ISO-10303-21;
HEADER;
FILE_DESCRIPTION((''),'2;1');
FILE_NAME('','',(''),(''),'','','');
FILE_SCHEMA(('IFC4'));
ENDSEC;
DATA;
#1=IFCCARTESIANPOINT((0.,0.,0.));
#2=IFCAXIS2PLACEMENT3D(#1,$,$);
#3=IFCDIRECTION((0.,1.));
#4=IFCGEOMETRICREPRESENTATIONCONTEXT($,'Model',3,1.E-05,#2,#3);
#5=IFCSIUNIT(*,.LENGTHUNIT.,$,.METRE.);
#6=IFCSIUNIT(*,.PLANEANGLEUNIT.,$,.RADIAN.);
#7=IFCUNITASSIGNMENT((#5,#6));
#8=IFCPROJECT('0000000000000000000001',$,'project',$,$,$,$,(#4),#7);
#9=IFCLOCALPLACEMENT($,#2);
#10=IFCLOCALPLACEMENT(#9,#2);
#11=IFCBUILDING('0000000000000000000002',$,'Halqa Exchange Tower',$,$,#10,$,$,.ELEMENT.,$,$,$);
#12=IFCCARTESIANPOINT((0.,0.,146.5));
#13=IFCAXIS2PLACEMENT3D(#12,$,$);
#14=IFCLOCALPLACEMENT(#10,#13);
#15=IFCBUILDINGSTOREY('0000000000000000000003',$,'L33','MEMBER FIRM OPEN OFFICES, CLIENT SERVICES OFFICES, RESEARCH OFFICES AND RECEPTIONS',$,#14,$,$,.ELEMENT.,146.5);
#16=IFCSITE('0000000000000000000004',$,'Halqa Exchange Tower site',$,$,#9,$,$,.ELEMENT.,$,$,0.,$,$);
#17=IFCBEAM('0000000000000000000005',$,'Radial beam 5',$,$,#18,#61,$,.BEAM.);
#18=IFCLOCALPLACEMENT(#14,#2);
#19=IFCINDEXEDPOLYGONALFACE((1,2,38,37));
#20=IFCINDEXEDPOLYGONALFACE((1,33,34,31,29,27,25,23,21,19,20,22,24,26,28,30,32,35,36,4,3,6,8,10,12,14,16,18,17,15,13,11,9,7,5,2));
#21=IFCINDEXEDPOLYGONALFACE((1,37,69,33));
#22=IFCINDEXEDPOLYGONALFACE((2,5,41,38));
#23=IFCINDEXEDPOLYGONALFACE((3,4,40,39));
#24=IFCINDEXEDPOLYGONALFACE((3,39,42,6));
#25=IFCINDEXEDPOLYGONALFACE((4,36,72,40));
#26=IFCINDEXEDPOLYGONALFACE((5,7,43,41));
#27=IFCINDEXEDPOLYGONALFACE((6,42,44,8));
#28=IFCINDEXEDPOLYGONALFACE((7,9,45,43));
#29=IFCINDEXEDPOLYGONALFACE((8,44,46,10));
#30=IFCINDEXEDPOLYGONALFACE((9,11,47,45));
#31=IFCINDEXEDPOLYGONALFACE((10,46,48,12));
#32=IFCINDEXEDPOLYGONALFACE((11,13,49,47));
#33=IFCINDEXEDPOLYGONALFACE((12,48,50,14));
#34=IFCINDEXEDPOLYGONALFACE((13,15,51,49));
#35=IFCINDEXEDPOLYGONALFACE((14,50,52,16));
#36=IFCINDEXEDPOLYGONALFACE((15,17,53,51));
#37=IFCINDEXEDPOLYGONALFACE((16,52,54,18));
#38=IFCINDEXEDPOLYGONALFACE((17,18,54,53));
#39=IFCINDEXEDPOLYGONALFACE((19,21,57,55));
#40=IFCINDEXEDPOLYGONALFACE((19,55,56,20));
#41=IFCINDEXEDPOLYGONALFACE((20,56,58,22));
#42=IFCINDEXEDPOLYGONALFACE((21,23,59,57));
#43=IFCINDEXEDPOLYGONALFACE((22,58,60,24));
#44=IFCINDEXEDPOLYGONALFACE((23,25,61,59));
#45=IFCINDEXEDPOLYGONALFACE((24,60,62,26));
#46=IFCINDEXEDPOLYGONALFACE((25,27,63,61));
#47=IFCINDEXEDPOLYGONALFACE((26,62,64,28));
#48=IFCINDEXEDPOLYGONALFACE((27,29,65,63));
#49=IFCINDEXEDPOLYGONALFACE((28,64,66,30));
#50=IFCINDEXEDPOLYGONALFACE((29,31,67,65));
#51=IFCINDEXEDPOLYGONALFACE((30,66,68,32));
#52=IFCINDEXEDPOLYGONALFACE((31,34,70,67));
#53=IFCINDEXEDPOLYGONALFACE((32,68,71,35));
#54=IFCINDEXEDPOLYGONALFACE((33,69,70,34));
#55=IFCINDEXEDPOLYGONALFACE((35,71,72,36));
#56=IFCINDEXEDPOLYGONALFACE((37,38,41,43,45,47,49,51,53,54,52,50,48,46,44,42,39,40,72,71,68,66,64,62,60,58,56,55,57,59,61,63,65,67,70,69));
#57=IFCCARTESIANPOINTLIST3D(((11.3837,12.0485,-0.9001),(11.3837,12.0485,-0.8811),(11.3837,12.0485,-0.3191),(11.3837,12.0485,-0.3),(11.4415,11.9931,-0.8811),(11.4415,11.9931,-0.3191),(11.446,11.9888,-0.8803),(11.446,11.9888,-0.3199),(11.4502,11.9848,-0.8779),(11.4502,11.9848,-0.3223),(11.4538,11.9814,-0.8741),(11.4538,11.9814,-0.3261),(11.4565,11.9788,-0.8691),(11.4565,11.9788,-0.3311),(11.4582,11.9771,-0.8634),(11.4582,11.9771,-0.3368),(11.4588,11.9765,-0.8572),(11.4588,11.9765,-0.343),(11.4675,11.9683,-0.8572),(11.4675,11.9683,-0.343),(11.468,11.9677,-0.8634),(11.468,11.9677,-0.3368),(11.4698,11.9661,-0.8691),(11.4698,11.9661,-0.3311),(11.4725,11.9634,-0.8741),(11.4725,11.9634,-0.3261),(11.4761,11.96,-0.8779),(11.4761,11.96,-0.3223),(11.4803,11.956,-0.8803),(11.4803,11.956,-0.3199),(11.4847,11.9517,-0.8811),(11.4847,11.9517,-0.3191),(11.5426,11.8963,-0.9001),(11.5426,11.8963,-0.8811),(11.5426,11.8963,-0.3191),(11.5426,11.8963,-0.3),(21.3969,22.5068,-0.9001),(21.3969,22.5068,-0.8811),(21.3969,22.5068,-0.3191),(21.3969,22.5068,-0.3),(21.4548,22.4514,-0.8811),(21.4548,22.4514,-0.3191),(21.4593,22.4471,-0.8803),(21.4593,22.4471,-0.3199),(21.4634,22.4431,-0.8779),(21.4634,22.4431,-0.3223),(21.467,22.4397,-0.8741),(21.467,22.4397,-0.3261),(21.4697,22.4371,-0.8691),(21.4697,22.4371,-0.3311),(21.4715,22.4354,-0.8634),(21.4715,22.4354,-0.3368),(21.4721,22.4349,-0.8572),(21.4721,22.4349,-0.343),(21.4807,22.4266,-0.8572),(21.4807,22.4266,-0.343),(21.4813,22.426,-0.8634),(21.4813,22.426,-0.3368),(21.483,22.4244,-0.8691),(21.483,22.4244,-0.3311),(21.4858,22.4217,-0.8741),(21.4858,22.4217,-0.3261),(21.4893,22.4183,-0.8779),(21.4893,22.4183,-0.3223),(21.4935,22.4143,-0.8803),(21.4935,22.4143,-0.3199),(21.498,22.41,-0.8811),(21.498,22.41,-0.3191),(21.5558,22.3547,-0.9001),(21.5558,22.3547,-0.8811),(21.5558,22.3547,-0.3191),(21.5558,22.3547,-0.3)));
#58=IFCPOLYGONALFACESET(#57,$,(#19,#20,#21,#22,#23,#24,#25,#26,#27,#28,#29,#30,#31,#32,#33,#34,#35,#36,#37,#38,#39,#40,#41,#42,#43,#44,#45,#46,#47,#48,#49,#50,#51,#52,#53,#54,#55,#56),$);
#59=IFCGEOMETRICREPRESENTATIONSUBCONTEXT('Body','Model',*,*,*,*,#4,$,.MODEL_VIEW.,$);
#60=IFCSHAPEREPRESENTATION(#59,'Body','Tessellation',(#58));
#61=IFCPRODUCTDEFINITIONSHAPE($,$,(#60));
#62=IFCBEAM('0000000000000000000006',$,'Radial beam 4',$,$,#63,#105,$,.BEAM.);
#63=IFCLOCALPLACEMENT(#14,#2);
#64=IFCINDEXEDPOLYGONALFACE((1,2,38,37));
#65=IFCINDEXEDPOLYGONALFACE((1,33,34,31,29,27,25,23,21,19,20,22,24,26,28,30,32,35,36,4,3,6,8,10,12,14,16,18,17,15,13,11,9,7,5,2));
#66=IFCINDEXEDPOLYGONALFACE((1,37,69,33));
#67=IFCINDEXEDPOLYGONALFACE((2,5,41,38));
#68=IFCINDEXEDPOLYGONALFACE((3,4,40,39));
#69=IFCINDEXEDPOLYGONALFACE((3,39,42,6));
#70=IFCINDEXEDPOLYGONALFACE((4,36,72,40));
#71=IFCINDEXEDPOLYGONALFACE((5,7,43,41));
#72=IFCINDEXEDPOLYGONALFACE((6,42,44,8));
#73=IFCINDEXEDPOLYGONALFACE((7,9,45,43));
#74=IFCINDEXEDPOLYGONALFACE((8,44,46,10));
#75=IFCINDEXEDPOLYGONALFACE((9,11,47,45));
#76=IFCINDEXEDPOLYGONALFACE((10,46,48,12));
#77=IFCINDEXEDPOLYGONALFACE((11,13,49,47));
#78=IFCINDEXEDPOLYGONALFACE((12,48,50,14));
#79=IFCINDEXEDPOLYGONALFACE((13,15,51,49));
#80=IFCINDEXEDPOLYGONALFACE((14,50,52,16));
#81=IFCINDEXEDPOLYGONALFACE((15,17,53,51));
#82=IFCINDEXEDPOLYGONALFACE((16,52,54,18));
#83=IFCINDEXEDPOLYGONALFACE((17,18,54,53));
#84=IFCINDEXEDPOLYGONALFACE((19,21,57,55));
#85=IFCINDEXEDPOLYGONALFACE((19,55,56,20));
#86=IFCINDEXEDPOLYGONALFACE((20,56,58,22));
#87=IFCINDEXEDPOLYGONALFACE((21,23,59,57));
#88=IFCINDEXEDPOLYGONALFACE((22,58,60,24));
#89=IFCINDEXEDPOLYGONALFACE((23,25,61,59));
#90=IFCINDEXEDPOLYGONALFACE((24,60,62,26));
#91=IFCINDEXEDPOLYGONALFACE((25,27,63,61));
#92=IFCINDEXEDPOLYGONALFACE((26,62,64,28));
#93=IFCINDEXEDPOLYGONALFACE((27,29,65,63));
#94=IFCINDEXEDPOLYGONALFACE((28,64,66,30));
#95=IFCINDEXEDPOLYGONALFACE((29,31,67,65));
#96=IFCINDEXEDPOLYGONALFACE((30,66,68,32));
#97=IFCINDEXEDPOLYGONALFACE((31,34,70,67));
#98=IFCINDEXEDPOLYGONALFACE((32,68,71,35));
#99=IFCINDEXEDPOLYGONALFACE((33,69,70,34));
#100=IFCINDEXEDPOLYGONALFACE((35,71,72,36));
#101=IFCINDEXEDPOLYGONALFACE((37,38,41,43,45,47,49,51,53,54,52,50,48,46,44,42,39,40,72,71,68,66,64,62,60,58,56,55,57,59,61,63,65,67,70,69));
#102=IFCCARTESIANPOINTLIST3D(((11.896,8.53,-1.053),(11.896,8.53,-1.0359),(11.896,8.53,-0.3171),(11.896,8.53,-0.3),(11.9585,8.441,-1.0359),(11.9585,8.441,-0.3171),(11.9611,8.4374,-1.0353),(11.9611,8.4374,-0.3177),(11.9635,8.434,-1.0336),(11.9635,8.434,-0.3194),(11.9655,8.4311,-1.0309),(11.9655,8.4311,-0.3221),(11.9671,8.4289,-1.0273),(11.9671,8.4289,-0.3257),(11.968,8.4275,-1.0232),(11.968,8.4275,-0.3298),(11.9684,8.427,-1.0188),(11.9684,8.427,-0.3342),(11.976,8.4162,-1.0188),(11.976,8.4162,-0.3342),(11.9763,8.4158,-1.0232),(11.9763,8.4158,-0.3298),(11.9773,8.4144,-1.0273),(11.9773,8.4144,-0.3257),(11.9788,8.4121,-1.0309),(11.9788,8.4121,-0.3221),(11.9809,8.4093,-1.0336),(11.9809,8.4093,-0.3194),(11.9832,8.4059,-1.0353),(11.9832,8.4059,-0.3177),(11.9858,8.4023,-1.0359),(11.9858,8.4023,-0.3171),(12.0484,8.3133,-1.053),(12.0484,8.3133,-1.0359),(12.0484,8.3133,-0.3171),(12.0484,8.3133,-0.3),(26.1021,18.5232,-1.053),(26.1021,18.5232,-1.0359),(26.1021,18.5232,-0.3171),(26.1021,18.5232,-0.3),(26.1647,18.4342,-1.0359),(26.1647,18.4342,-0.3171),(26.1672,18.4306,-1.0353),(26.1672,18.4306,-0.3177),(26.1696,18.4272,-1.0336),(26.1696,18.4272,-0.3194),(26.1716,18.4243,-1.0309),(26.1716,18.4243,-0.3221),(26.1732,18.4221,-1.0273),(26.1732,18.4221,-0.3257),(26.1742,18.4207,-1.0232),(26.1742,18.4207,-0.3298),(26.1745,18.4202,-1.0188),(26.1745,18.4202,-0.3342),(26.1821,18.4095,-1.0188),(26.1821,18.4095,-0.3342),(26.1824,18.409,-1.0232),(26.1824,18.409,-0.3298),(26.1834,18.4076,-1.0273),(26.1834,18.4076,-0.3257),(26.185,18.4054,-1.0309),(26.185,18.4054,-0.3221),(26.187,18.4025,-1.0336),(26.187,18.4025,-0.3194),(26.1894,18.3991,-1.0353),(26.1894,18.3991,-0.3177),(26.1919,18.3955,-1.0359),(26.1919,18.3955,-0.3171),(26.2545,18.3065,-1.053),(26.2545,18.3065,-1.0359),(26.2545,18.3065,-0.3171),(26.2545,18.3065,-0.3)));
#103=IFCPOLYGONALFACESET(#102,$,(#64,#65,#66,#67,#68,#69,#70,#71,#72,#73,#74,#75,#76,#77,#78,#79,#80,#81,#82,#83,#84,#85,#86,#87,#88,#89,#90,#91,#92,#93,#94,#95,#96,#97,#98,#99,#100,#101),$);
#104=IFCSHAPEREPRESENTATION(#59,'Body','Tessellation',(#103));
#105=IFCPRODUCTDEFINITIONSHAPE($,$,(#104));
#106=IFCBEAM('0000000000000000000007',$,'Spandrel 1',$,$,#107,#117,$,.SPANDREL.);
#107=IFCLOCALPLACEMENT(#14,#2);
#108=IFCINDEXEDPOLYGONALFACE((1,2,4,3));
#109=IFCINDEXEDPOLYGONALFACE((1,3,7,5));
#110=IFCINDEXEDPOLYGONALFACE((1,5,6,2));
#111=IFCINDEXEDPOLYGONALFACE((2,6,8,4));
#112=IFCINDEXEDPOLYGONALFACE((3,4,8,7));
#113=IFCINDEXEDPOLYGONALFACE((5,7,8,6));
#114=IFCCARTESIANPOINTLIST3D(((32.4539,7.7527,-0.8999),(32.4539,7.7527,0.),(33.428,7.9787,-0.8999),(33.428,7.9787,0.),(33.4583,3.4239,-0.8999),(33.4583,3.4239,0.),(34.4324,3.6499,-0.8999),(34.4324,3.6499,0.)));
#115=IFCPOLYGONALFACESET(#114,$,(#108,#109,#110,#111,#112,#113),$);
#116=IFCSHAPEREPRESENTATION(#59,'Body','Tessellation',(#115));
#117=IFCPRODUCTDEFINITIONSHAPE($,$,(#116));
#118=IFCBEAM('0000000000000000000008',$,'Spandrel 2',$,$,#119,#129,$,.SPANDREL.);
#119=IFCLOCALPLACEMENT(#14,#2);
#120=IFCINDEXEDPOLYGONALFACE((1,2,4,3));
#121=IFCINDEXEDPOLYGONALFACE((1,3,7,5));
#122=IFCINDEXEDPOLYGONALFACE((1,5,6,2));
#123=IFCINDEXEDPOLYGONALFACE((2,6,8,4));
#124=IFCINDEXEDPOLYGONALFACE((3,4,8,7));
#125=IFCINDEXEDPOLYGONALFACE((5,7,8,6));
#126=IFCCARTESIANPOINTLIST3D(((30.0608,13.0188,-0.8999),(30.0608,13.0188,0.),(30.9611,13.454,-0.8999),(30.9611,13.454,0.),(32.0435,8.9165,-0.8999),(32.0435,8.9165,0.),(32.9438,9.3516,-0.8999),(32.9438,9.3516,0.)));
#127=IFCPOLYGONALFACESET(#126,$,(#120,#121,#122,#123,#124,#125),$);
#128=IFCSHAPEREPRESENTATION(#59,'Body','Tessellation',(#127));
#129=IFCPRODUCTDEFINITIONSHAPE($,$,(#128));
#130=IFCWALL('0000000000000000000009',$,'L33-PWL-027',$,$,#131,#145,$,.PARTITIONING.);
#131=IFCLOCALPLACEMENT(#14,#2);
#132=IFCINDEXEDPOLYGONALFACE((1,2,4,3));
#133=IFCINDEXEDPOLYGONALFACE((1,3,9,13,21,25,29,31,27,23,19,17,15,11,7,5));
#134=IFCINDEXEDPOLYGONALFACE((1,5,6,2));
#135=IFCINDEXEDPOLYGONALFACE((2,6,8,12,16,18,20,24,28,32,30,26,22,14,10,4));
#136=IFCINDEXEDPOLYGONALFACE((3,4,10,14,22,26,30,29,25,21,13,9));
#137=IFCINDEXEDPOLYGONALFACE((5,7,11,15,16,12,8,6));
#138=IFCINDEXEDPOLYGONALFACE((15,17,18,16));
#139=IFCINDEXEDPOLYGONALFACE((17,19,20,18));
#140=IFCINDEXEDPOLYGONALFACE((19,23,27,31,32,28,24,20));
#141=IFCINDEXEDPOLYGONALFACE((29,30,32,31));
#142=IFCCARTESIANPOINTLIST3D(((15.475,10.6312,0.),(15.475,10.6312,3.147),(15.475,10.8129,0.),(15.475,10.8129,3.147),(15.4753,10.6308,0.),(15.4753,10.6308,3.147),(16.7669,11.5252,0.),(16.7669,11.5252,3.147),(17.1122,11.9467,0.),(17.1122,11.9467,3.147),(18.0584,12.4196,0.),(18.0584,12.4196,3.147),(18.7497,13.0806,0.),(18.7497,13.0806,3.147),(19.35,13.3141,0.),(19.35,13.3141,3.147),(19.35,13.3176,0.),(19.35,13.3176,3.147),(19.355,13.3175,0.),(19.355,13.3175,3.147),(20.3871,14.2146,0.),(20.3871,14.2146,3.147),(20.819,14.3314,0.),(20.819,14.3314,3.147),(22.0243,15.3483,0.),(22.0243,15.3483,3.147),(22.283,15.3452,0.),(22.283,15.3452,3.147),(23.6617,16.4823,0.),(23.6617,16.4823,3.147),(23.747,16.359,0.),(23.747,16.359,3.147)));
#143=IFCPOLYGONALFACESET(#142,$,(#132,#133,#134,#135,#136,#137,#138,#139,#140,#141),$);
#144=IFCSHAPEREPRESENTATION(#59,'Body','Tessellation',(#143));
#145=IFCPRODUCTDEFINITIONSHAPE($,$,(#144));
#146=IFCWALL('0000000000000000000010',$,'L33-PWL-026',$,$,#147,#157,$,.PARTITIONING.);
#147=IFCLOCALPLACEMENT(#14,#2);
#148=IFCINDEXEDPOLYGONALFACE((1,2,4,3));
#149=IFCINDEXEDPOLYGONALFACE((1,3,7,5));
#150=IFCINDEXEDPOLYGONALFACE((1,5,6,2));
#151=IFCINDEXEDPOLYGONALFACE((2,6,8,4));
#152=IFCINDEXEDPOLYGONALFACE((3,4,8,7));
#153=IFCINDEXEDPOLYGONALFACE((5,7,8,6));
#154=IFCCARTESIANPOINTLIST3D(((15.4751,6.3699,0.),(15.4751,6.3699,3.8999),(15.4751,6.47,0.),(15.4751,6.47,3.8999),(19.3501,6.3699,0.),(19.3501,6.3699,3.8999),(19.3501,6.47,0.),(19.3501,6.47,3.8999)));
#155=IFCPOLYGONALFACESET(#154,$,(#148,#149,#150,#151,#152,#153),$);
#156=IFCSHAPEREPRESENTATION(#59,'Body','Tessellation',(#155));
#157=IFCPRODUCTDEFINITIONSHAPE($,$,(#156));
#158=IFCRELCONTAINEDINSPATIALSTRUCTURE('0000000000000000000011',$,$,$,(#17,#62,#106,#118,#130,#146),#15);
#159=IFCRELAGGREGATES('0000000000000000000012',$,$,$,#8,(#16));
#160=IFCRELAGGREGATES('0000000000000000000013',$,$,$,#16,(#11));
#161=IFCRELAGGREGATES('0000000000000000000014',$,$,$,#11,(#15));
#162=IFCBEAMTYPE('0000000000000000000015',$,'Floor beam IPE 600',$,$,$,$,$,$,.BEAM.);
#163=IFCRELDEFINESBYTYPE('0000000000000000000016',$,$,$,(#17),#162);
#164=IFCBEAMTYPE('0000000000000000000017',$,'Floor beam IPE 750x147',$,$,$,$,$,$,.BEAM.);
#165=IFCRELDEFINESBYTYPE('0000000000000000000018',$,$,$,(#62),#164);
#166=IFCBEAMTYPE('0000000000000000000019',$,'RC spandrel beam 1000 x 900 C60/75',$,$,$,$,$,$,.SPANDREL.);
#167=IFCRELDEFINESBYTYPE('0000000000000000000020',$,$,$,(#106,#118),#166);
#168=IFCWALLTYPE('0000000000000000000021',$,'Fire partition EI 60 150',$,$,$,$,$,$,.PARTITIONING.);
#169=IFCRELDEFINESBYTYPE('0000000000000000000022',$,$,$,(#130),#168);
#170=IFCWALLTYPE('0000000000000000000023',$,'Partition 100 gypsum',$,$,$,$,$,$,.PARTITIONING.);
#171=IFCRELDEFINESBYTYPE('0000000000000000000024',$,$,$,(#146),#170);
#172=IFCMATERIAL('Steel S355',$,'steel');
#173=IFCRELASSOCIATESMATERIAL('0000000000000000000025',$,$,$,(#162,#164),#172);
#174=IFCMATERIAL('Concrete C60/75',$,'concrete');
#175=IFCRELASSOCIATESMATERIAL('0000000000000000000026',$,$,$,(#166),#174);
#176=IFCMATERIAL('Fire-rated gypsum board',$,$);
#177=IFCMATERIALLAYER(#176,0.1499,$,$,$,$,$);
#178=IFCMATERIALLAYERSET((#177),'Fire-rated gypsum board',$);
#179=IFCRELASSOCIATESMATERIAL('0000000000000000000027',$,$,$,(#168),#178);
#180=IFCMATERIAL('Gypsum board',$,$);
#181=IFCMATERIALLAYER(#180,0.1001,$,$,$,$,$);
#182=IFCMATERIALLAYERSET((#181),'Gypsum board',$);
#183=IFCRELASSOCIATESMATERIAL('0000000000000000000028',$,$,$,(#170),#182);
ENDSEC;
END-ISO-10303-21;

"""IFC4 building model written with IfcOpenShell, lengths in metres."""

from ifc_helpers import new_model, si_unit, direction, frame, frame_2d, origin, origin_2d, place, context, subcontext, project, spatial, polyline, rectangle, i_section, outline, extrude, material, layer, layer_set, material_profile, profile_set, type_object, element, save


model = new_model("IFC4")

# Units and contexts
model_context = context("Model", 3, precision=1e-05, world=origin(), true_north=direction((0.0, 1.0)))
body_context = subcontext(model_context, "Body", "Model", "MODEL_VIEW")
ifc_project = project(units=[si_unit("LENGTHUNIT", "METRE"), si_unit("PLANEANGLEUNIT", "RADIAN")], contexts=[model_context])

# Site, building, storey
site_placement = place(None, origin())
site = spatial("IfcSite", under=ifc_project, at=site_placement, Name="Halqa Exchange Tower site", CompositionType="ELEMENT", RefElevation=0.0)
building_placement = place(site_placement, origin())
building = spatial("IfcBuilding", under=site, at=building_placement, Name="Halqa Exchange Tower", CompositionType="ELEMENT")
storey_placement = place(building_placement, frame((0.0, 0.0, 146.5)))
storey = spatial("IfcBuildingStorey", under=building, at=storey_placement, Name="L33", Description="MEMBER FIRM OPEN OFFICES, CLIENT SERVICES OFFICES, RESEARCH OFFICES AND RECEPTIONS", CompositionType="ELEMENT", Elevation=146.5)

# Beams
ifc_material_1 = material(Name="Steel S355", Category="steel")
ifc_material_profile_1 = material_profile(ifc_material_1, i_section(OverallWidth=0.22, OverallDepth=0.6001, WebThickness=0.012, FlangeThickness=0.019, FilletRadius=0.0239, at=origin_2d()), Name="IPE 600")
ifc_profile_set_1 = profile_set([ifc_material_profile_1], Name="Steel S355")
beam_type_1 = type_object("IfcBeamType", Name="Floor beam IPE 600", PredefinedType="BEAM", material=ifc_profile_set_1)
beam_1_placement = place(storey_placement, frame((11.4631, 11.9724, -0.6001), z_axis=(0.69157, 0.722309, 0.0), x_axis=(-0.722309, 0.69157, 0.0)))
element("IfcBeam", 1, at=beam_1_placement, inside=storey, type_object=beam_type_1, Name="Radial beam 5", PredefinedType="BEAM", context=body_context, shape_type="SweptSolid", body=[
    extrude(i_section(OverallWidth=0.22, OverallDepth=0.6001, WebThickness=0.012, FlangeThickness=0.019, FilletRadius=0.0239, at=origin_2d()), origin(), (0.0, 0.0, 1.0), 14.479),
])
ifc_material_profile_2 = material_profile(ifc_material_1, i_section(OverallWidth=0.2649, OverallDepth=0.7529, WebThickness=0.0132, FlangeThickness=0.0171, FilletRadius=0.0171, at=origin_2d()), Name="IPE 750x147")
ifc_profile_set_2 = profile_set([ifc_material_profile_2], Name="Steel S355")
beam_type_2 = type_object("IfcBeamType", Name="Floor beam IPE 750x147", PredefinedType="BEAM", material=ifc_profile_set_2)
beam_2_placement = place(storey_placement, frame((11.9722, 8.4216, -0.6765), z_axis=(0.817906, 0.575351, 0.0), x_axis=(-0.575351, 0.817906, 0.0)))
element("IfcBeam", 2, at=beam_2_placement, inside=storey, type_object=beam_type_2, Name="Radial beam 4", PredefinedType="BEAM", context=body_context, shape_type="SweptSolid", body=[
    extrude(i_section(OverallWidth=0.2649, OverallDepth=0.7529, WebThickness=0.0132, FlangeThickness=0.0171, FilletRadius=0.0171, at=origin_2d()), origin(), (0.0, 0.0, 1.0), 17.3689),
])
ifc_material_2 = material(Name="Concrete C60/75", Category="concrete")
ifc_material_profile_3 = material_profile(ifc_material_2, rectangle(XDim=1.0, YDim=0.8999, at=origin_2d()), Name="1000 x 900")
ifc_profile_set_3 = profile_set([ifc_material_profile_3], Name="Concrete C60/75")
beam_type_3 = type_object("IfcBeamType", Name="RC spandrel beam 1000 x 900 C60/75", PredefinedType="SPANDREL", material=ifc_profile_set_3)
beam_3_placement = place(storey_placement, frame((33.9453, 3.5369, -0.45), z_axis=(-0.226019, 0.974123, 0.0), x_axis=(-0.974123, -0.226019, 0.0)))
element("IfcBeam", 3, at=beam_3_placement, inside=storey, type_object=beam_type_3, Name="Spandrel 1", PredefinedType="SPANDREL", context=body_context, shape_type="SweptSolid", body=[
    extrude(rectangle(XDim=1.0, YDim=0.8999, at=origin_2d()), origin(), (0.0, 0.0, 1.0), 4.4438),
])
beam_4_placement = place(storey_placement, frame((32.4937, 9.134, -0.45), z_axis=(-0.435149, 0.900358, 0.0), x_axis=(-0.900358, -0.435149, 0.0)))
element("IfcBeam", 4, at=beam_4_placement, inside=storey, type_object=beam_type_3, Name="Spandrel 2", PredefinedType="SPANDREL", context=body_context, shape_type="SweptSolid", body=[
    extrude(rectangle(XDim=1.0, YDim=0.8999, at=origin_2d()), origin(), (0.0, 0.0, 1.0), 4.5564),
])

# Walls
ifc_material_3 = material(Name="Fire-rated gypsum board")
ifc_layer_1 = layer(ifc_material_3, 0.1499)
ifc_layer_set_1 = layer_set([ifc_layer_1], Name="Fire-rated gypsum board")
wall_type_1 = type_object("IfcWallType", Name="Fire partition EI 60 150", PredefinedType="PARTITIONING", material=ifc_layer_set_1)
wall_1_placement = place(storey_placement, frame((15.4326, 10.6924, 0.0), z_axis=(0.0, 0.0, 1.0), x_axis=(0.822114, 0.569324, 0.0)))
element("IfcWall", 5, at=wall_1_placement, inside=storey, type_object=wall_type_1, Name="L33-PWL-027", PredefinedType="PARTITIONING", context=body_context, shape_type="SweptSolid", body=[
    extrude(outline(polyline([(0.0, -0.075), (1.571, -0.075), (3.1421, -0.075), (4.7131, -0.075), (4.7151, -0.072), (4.7192, -0.075), (6.5, -0.075), (8.2808, -0.075), (10.0615, -0.075), (10.0615, 0.075), (8.0698, 0.075), (6.0784, 0.075), (4.0867, 0.075), (2.095, 0.075), (0.1035, 0.075), (0.0, -0.0745), (0.0, -0.075)])), origin(), (0.0, 0.0, 1.0), 3.147),
])
ifc_material_4 = material(Name="Gypsum board")
ifc_layer_2 = layer(ifc_material_4, 0.1001)
ifc_layer_set_2 = layer_set([ifc_layer_2], Name="Gypsum board")
wall_type_2 = type_object("IfcWallType", Name="Partition 100 gypsum", PredefinedType="PARTITIONING", material=ifc_layer_set_2)
wall_2_placement = place(storey_placement, frame((15.4751, 6.4199, 0.0), z_axis=(0.0, 0.0, 1.0), x_axis=(1.0, 0.0, 0.0)))
element("IfcWall", 6, at=wall_2_placement, inside=storey, type_object=wall_type_2, Name="L33-PWL-026", PredefinedType="PARTITIONING", context=body_context, shape_type="SweptSolid", body=[
    extrude(rectangle(XDim=3.875, YDim=0.1001, at=frame_2d((1.9375, 0.0))), origin(), (0.0, 0.0, 1.0), 3.8999),
])

save(model, "model.ifc")
